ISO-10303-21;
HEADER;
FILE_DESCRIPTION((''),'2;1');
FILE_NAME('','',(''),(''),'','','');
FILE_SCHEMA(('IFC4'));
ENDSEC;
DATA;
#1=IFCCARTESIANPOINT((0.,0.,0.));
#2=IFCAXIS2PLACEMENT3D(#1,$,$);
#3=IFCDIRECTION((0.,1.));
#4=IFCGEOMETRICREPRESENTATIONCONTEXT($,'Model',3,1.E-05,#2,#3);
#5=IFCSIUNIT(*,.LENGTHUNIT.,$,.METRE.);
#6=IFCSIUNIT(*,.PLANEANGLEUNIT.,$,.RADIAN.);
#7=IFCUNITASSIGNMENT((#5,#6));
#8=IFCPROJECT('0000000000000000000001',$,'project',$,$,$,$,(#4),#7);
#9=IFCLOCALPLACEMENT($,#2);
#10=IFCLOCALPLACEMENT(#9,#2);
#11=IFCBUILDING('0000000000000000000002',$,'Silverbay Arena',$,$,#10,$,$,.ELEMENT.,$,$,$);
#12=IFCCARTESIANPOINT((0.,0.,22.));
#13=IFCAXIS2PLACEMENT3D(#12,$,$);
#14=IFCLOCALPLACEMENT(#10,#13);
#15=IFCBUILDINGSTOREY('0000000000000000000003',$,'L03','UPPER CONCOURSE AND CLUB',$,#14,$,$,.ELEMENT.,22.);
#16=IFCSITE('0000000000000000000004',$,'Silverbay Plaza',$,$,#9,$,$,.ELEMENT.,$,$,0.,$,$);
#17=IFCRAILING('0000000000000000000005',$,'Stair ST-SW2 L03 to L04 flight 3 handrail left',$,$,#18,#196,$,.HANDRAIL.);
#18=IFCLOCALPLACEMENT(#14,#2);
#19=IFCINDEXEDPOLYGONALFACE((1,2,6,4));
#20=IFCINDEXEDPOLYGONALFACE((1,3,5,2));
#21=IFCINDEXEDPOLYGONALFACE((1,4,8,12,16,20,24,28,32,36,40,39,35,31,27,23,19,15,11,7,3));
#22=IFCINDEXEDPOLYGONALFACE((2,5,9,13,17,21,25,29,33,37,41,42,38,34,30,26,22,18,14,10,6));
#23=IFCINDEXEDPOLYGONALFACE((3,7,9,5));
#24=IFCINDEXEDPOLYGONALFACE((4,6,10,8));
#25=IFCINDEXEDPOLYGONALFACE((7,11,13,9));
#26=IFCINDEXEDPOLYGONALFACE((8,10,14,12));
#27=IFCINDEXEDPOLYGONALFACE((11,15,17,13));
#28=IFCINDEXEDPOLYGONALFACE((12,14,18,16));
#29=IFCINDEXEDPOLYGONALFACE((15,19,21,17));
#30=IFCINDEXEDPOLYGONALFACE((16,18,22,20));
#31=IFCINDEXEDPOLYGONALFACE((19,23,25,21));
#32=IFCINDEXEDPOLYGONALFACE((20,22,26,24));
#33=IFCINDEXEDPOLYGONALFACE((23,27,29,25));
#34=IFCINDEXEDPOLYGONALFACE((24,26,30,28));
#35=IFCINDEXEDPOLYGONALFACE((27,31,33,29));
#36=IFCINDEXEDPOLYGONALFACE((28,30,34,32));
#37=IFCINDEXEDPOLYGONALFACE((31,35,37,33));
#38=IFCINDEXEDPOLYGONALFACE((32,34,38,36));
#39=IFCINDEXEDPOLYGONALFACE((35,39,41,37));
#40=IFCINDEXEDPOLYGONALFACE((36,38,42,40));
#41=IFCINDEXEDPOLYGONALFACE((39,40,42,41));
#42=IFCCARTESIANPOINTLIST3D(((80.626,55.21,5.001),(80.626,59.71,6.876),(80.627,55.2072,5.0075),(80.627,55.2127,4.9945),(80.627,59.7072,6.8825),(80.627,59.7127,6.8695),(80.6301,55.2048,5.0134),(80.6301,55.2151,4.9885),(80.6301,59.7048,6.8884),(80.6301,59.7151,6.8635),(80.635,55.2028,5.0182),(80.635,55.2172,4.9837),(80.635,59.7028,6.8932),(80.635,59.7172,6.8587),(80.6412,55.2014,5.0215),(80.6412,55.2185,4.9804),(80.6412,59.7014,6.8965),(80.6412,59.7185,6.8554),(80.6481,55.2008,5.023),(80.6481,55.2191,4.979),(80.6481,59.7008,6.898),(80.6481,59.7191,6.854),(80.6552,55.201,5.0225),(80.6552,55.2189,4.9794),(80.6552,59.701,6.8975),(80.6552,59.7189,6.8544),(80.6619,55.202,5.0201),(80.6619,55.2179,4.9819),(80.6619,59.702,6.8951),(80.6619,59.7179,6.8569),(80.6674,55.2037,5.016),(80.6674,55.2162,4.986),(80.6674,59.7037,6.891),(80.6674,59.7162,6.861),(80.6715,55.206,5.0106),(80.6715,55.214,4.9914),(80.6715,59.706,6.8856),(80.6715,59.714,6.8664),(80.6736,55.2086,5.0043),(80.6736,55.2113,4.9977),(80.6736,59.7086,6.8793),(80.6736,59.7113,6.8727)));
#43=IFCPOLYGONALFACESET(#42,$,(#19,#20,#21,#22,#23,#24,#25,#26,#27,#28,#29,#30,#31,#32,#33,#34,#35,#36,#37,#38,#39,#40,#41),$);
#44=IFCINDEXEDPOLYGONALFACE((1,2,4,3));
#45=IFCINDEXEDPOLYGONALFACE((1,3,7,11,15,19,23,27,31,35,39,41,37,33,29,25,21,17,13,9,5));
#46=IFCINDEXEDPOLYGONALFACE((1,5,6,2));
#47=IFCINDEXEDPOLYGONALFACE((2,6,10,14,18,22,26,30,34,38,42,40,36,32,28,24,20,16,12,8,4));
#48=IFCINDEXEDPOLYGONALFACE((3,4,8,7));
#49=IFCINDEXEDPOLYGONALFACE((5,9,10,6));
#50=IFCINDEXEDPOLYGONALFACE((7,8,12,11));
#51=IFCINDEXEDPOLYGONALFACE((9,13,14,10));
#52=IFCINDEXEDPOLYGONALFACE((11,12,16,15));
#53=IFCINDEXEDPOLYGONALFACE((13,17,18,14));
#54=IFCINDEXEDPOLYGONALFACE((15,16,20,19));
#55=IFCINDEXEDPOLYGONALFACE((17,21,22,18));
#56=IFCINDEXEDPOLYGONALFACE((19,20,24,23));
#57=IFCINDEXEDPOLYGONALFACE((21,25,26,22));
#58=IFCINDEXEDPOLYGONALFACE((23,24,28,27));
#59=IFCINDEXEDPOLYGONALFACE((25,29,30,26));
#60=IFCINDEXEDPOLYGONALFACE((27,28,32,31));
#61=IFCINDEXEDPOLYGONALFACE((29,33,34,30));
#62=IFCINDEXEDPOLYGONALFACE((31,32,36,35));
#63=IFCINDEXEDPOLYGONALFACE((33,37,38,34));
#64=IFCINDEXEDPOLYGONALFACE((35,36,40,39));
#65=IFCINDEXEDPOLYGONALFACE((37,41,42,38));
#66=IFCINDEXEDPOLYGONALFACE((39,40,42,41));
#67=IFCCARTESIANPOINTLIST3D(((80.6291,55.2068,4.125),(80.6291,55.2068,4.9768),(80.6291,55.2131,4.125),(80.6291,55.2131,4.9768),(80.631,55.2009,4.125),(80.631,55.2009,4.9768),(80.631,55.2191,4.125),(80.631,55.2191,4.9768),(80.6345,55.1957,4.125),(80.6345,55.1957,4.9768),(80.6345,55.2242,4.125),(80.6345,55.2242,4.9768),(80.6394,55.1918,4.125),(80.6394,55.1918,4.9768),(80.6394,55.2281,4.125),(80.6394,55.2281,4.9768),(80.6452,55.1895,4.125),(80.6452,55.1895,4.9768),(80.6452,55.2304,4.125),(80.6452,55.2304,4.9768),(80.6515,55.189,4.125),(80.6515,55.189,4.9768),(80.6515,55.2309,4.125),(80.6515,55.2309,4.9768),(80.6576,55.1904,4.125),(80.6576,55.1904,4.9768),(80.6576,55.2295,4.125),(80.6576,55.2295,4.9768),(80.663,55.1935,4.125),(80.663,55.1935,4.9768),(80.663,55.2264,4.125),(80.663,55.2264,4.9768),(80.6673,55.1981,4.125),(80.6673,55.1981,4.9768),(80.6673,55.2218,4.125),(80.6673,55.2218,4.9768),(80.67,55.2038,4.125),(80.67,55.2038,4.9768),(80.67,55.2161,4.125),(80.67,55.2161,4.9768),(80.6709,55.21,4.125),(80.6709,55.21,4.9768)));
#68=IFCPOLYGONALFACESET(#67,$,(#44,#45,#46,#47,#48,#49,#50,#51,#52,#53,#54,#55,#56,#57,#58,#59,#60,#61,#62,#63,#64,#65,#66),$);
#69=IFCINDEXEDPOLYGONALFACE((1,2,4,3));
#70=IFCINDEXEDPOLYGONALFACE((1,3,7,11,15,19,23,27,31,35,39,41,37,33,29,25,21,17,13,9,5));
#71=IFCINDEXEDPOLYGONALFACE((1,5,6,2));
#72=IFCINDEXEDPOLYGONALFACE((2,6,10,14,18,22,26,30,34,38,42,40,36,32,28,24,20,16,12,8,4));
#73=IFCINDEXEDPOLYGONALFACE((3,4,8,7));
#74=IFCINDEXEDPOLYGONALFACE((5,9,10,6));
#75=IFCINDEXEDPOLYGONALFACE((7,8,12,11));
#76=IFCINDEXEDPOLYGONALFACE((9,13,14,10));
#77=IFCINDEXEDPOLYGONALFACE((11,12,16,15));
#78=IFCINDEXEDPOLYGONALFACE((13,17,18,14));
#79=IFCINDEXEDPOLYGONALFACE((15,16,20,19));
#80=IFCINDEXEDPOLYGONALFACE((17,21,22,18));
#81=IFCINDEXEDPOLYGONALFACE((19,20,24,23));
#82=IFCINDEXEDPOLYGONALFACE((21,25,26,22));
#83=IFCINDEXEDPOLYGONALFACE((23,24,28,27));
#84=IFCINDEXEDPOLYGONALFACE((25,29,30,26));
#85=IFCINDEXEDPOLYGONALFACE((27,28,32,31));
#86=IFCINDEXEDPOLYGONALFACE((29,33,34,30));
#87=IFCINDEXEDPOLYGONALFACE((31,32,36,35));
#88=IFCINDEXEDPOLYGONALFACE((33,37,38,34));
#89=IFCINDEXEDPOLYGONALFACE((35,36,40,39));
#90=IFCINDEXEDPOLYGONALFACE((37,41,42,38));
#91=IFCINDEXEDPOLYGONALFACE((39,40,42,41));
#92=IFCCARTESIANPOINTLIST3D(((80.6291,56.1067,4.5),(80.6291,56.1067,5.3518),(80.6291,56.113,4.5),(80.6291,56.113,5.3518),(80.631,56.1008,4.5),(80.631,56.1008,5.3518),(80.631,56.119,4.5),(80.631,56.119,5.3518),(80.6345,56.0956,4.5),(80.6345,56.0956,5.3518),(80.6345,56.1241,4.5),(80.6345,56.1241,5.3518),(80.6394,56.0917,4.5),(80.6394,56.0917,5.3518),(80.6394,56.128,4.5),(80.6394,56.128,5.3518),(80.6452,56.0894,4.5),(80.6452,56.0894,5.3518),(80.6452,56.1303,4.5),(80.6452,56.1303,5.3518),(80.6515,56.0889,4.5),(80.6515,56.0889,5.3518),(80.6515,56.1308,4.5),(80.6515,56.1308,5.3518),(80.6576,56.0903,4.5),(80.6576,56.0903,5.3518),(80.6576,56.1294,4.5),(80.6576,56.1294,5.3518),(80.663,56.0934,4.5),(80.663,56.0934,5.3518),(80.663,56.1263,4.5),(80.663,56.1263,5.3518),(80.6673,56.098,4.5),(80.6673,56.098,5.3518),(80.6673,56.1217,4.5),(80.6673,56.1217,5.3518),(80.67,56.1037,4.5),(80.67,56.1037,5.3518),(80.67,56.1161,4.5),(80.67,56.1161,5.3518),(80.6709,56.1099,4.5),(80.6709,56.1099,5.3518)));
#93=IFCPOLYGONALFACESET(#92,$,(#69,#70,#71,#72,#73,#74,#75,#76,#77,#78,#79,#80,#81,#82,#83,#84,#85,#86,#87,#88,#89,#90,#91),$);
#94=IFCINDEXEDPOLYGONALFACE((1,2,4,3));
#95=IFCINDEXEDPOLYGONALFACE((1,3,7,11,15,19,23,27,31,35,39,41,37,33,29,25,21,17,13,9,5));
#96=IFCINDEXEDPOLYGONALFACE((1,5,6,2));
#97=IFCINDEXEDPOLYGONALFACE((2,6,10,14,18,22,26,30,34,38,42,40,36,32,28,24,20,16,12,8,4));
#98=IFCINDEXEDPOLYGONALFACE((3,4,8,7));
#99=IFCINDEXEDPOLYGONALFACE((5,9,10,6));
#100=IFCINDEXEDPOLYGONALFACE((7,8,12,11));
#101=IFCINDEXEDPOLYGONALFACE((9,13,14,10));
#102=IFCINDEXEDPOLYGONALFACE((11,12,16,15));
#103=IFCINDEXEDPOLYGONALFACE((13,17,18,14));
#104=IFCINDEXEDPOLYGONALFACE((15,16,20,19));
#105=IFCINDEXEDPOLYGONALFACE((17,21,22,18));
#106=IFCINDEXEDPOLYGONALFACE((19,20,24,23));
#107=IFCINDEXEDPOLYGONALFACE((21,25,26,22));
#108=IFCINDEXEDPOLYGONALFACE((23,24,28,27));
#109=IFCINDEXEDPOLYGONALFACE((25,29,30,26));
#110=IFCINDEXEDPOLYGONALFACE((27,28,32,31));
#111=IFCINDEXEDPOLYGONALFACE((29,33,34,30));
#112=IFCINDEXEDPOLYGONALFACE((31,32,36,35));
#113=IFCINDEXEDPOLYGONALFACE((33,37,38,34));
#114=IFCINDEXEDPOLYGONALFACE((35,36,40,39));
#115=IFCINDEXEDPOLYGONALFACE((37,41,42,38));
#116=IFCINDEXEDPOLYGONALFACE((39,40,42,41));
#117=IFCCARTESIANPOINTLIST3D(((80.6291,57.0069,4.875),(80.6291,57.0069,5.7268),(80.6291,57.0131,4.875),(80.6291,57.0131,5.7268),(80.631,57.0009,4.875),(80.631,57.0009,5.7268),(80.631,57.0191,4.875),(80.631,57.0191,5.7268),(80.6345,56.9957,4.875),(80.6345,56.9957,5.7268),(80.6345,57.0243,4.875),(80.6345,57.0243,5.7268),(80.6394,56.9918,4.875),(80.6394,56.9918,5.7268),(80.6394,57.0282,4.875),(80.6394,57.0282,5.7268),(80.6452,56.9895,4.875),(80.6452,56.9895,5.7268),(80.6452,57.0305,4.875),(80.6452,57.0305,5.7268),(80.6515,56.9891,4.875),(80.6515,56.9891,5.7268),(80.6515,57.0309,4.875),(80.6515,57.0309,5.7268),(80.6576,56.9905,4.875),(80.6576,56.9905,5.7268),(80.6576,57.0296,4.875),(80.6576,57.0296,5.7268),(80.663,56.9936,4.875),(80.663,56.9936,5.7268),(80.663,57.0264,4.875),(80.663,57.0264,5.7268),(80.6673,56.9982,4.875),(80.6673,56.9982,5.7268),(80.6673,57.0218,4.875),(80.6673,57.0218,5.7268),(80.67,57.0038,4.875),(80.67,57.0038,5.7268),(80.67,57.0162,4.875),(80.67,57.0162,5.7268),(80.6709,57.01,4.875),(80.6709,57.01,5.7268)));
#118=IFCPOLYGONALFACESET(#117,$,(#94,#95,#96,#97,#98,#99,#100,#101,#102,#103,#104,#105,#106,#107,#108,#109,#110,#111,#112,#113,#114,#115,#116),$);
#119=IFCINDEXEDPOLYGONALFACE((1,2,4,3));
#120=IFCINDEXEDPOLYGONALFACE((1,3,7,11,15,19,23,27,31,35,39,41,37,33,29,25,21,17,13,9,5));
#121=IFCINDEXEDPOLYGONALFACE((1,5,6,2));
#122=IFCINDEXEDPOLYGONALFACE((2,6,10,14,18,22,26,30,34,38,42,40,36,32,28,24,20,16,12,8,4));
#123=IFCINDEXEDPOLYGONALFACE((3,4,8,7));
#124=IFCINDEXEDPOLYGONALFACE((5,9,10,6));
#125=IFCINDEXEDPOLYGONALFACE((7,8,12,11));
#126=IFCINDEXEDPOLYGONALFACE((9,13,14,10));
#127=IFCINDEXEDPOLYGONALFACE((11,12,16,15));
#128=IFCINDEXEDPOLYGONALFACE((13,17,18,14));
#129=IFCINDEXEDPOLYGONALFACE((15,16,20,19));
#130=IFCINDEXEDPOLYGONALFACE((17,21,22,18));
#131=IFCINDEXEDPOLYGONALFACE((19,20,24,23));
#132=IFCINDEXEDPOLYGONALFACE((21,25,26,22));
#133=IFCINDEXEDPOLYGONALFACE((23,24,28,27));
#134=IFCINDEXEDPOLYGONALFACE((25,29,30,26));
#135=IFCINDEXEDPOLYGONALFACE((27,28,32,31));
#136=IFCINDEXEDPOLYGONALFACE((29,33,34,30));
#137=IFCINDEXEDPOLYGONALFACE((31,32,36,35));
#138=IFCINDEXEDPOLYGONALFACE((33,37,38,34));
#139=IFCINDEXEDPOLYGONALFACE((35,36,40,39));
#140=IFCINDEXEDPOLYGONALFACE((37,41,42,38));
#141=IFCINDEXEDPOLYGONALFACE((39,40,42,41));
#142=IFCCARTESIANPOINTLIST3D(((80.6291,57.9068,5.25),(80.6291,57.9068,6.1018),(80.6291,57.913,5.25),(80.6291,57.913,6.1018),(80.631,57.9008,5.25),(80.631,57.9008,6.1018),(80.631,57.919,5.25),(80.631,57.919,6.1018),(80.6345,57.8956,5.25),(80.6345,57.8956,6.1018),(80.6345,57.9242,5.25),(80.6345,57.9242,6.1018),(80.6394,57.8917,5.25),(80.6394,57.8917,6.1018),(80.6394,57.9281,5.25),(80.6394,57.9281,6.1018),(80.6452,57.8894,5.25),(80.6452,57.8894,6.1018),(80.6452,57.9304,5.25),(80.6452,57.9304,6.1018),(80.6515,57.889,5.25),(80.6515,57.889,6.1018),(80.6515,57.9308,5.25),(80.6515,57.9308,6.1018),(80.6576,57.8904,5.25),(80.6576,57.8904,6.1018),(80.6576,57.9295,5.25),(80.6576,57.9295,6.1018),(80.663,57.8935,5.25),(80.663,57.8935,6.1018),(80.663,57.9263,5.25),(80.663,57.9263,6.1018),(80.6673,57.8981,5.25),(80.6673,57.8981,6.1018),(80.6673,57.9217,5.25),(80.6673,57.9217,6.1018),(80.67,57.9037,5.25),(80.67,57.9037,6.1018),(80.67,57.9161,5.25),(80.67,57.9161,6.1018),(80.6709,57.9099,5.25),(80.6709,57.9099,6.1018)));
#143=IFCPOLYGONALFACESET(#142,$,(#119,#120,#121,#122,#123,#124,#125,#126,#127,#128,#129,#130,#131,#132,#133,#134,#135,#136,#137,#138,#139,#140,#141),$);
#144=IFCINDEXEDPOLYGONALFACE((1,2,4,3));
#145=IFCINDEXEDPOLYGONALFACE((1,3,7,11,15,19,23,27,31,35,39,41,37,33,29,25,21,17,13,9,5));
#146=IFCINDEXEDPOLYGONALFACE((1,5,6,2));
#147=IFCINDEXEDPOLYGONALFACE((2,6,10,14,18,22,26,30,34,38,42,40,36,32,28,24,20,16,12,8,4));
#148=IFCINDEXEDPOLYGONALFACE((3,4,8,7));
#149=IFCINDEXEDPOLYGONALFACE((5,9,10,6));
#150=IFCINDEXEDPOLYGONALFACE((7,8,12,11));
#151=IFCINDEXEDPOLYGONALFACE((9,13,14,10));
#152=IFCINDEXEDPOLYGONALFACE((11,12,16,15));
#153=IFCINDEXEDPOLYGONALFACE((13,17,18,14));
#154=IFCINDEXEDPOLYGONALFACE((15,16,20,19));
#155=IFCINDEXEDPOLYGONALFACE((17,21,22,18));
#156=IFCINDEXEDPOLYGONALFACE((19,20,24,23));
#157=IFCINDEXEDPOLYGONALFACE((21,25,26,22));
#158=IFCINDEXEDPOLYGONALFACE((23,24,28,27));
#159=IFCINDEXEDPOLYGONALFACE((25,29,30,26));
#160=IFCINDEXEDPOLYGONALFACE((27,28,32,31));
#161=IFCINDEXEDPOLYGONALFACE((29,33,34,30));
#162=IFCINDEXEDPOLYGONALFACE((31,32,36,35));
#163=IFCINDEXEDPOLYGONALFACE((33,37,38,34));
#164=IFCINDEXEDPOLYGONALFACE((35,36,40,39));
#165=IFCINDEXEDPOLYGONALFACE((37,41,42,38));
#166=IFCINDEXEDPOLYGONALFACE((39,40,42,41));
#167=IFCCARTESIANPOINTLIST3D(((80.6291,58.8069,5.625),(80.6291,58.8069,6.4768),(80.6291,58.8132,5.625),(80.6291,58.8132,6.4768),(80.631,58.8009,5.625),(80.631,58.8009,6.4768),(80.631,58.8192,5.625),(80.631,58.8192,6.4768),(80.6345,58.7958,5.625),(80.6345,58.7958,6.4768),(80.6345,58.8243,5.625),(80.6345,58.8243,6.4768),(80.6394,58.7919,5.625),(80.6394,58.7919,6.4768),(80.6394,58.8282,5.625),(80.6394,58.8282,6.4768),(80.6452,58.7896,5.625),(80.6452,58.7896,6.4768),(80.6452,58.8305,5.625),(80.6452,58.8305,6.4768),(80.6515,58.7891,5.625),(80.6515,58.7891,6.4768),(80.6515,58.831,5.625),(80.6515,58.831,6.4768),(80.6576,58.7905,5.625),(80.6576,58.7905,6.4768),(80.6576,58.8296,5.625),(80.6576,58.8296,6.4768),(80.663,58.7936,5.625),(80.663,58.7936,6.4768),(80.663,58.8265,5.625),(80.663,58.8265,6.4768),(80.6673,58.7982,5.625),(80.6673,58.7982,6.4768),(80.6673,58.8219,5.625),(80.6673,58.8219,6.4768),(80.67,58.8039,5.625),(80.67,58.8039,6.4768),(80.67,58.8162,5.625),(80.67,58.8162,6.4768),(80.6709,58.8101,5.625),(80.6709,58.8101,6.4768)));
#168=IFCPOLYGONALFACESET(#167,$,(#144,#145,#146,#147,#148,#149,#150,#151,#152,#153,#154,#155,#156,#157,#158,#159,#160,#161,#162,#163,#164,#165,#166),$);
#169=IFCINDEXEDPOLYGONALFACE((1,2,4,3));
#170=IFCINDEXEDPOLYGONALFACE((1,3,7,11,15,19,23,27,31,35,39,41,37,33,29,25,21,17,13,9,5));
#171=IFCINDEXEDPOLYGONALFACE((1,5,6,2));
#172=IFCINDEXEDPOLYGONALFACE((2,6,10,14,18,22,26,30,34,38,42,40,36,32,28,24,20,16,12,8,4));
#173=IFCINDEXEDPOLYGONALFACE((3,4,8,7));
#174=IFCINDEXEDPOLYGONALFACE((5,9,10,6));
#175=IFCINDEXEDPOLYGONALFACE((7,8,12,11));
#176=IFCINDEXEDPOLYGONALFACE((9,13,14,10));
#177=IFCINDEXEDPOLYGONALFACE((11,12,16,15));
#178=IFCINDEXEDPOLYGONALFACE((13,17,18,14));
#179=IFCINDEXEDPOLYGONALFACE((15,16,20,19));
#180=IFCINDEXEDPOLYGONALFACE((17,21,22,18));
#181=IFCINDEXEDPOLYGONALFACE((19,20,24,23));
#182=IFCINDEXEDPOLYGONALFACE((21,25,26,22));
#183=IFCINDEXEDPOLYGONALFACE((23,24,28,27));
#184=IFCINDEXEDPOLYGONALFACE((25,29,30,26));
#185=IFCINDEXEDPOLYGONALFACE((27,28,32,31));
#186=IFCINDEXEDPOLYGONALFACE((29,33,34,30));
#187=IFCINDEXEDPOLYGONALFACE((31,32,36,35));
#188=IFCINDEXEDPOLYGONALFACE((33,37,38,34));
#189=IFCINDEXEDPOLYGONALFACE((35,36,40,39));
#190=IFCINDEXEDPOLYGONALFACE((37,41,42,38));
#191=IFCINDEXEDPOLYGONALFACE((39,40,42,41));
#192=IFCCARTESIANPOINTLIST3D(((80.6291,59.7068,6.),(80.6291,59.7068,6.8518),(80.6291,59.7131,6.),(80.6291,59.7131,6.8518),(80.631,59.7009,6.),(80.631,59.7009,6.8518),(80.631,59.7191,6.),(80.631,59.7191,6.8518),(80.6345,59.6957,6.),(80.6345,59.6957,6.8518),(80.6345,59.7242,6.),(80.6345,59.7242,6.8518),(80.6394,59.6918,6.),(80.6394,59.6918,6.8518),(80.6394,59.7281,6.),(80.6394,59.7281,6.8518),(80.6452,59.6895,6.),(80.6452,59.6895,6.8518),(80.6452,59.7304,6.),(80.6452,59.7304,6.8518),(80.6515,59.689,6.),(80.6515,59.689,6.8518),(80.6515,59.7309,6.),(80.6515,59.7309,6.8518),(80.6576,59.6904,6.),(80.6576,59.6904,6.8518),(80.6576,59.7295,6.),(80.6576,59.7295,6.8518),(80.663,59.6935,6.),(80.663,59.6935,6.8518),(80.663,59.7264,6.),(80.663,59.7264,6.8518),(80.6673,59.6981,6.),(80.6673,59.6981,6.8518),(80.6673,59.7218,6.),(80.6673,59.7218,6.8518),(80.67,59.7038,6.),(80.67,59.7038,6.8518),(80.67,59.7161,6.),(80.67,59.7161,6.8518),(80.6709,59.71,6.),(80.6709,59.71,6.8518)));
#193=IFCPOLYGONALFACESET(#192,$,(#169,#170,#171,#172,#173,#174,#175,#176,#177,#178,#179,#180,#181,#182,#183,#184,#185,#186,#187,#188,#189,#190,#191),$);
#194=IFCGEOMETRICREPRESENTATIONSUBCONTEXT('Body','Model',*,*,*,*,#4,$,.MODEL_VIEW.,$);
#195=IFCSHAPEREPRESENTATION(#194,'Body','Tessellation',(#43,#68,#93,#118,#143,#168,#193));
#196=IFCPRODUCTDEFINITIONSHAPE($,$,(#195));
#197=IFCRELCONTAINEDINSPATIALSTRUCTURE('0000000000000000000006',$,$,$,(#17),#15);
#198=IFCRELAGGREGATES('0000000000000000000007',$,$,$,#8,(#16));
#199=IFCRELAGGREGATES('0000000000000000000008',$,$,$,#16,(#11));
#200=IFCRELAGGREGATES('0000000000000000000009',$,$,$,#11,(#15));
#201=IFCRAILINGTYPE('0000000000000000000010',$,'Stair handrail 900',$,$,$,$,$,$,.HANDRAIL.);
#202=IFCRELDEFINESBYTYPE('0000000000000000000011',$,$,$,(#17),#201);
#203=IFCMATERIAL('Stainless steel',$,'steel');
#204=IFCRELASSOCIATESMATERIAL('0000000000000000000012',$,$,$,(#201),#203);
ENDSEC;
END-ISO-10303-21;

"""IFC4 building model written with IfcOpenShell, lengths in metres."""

from ifc_helpers import new_model, si_unit, direction, frame, origin, origin_2d, place, context, subcontext, project, spatial, circle, extrude, material, type_object, element, save


model = new_model("IFC4")

# Units and contexts
model_context = context("Model", 3, precision=1e-05, world=origin(), true_north=direction((0.0, 1.0)))
body_context = subcontext(model_context, "Body", "Model", "MODEL_VIEW")
ifc_project = project(units=[si_unit("LENGTHUNIT", "METRE"), si_unit("PLANEANGLEUNIT", "RADIAN")], contexts=[model_context])

# Site, building, storey
site_placement = place(None, origin())
site = spatial("IfcSite", under=ifc_project, at=site_placement, Name="Silverbay Plaza", CompositionType="ELEMENT", RefElevation=0.0)
building_placement = place(site_placement, origin())
building = spatial("IfcBuilding", under=site, at=building_placement, Name="Silverbay Arena", CompositionType="ELEMENT")
storey_placement = place(building_placement, frame((0.0, 0.0, 22.0)))
storey = spatial("IfcBuildingStorey", under=building, at=storey_placement, Name="L03", Description="UPPER CONCOURSE AND CLUB", CompositionType="ELEMENT", Elevation=22.0)

# Railing
ifc_material_1 = material(Name="Stainless steel", Category="steel")
railing_type_1 = type_object("IfcRailingType", Name="Stair handrail 900", PredefinedType="HANDRAIL", material=ifc_material_1)
for number, where, name in (
    (1, (80.6499, 55.21, 4.125), "Stair ST-SW2 L03 to L04 flight 3 handrail left"),
):
    element("IfcRailing", number, at=place(storey_placement, frame(where)), inside=storey, type_object=railing_type_1, Name=name, PredefinedType="HANDRAIL", context=body_context, shape_type="SweptSolid", body=[
        extrude(circle(Radius=0.0239, at=origin_2d()), frame((0.0, 0.0, 0.876), z_axis=(0.0, 0.923077, 0.384615), x_axis=(-1.0, 0.0, 0.0)), (0.0, 0.0, 1.0), 4.875),
        extrude(circle(Radius=0.021, at=origin_2d()), origin(), (0.0, 0.0, 1.0), 0.8518),
        extrude(circle(Radius=0.021, at=origin_2d()), frame((0.0, 0.8999, 0.375)), (0.0, 0.0, 1.0), 0.8518),
        extrude(circle(Radius=0.021, at=origin_2d()), frame((0.0, 1.8, 0.75)), (0.0, 0.0, 1.0), 0.8518),
        extrude(circle(Radius=0.021, at=origin_2d()), frame((0.0, 2.7, 1.125)), (0.0, 0.0, 1.0), 0.8518),
        extrude(circle(Radius=0.021, at=origin_2d()), frame((0.0, 3.6001, 1.5)), (0.0, 0.0, 1.0), 0.8518),
        extrude(circle(Radius=0.021, at=origin_2d()), frame((0.0, 4.5, 1.875)), (0.0, 0.0, 1.0), 0.8518),
    ])

save(model, "model.ifc")
